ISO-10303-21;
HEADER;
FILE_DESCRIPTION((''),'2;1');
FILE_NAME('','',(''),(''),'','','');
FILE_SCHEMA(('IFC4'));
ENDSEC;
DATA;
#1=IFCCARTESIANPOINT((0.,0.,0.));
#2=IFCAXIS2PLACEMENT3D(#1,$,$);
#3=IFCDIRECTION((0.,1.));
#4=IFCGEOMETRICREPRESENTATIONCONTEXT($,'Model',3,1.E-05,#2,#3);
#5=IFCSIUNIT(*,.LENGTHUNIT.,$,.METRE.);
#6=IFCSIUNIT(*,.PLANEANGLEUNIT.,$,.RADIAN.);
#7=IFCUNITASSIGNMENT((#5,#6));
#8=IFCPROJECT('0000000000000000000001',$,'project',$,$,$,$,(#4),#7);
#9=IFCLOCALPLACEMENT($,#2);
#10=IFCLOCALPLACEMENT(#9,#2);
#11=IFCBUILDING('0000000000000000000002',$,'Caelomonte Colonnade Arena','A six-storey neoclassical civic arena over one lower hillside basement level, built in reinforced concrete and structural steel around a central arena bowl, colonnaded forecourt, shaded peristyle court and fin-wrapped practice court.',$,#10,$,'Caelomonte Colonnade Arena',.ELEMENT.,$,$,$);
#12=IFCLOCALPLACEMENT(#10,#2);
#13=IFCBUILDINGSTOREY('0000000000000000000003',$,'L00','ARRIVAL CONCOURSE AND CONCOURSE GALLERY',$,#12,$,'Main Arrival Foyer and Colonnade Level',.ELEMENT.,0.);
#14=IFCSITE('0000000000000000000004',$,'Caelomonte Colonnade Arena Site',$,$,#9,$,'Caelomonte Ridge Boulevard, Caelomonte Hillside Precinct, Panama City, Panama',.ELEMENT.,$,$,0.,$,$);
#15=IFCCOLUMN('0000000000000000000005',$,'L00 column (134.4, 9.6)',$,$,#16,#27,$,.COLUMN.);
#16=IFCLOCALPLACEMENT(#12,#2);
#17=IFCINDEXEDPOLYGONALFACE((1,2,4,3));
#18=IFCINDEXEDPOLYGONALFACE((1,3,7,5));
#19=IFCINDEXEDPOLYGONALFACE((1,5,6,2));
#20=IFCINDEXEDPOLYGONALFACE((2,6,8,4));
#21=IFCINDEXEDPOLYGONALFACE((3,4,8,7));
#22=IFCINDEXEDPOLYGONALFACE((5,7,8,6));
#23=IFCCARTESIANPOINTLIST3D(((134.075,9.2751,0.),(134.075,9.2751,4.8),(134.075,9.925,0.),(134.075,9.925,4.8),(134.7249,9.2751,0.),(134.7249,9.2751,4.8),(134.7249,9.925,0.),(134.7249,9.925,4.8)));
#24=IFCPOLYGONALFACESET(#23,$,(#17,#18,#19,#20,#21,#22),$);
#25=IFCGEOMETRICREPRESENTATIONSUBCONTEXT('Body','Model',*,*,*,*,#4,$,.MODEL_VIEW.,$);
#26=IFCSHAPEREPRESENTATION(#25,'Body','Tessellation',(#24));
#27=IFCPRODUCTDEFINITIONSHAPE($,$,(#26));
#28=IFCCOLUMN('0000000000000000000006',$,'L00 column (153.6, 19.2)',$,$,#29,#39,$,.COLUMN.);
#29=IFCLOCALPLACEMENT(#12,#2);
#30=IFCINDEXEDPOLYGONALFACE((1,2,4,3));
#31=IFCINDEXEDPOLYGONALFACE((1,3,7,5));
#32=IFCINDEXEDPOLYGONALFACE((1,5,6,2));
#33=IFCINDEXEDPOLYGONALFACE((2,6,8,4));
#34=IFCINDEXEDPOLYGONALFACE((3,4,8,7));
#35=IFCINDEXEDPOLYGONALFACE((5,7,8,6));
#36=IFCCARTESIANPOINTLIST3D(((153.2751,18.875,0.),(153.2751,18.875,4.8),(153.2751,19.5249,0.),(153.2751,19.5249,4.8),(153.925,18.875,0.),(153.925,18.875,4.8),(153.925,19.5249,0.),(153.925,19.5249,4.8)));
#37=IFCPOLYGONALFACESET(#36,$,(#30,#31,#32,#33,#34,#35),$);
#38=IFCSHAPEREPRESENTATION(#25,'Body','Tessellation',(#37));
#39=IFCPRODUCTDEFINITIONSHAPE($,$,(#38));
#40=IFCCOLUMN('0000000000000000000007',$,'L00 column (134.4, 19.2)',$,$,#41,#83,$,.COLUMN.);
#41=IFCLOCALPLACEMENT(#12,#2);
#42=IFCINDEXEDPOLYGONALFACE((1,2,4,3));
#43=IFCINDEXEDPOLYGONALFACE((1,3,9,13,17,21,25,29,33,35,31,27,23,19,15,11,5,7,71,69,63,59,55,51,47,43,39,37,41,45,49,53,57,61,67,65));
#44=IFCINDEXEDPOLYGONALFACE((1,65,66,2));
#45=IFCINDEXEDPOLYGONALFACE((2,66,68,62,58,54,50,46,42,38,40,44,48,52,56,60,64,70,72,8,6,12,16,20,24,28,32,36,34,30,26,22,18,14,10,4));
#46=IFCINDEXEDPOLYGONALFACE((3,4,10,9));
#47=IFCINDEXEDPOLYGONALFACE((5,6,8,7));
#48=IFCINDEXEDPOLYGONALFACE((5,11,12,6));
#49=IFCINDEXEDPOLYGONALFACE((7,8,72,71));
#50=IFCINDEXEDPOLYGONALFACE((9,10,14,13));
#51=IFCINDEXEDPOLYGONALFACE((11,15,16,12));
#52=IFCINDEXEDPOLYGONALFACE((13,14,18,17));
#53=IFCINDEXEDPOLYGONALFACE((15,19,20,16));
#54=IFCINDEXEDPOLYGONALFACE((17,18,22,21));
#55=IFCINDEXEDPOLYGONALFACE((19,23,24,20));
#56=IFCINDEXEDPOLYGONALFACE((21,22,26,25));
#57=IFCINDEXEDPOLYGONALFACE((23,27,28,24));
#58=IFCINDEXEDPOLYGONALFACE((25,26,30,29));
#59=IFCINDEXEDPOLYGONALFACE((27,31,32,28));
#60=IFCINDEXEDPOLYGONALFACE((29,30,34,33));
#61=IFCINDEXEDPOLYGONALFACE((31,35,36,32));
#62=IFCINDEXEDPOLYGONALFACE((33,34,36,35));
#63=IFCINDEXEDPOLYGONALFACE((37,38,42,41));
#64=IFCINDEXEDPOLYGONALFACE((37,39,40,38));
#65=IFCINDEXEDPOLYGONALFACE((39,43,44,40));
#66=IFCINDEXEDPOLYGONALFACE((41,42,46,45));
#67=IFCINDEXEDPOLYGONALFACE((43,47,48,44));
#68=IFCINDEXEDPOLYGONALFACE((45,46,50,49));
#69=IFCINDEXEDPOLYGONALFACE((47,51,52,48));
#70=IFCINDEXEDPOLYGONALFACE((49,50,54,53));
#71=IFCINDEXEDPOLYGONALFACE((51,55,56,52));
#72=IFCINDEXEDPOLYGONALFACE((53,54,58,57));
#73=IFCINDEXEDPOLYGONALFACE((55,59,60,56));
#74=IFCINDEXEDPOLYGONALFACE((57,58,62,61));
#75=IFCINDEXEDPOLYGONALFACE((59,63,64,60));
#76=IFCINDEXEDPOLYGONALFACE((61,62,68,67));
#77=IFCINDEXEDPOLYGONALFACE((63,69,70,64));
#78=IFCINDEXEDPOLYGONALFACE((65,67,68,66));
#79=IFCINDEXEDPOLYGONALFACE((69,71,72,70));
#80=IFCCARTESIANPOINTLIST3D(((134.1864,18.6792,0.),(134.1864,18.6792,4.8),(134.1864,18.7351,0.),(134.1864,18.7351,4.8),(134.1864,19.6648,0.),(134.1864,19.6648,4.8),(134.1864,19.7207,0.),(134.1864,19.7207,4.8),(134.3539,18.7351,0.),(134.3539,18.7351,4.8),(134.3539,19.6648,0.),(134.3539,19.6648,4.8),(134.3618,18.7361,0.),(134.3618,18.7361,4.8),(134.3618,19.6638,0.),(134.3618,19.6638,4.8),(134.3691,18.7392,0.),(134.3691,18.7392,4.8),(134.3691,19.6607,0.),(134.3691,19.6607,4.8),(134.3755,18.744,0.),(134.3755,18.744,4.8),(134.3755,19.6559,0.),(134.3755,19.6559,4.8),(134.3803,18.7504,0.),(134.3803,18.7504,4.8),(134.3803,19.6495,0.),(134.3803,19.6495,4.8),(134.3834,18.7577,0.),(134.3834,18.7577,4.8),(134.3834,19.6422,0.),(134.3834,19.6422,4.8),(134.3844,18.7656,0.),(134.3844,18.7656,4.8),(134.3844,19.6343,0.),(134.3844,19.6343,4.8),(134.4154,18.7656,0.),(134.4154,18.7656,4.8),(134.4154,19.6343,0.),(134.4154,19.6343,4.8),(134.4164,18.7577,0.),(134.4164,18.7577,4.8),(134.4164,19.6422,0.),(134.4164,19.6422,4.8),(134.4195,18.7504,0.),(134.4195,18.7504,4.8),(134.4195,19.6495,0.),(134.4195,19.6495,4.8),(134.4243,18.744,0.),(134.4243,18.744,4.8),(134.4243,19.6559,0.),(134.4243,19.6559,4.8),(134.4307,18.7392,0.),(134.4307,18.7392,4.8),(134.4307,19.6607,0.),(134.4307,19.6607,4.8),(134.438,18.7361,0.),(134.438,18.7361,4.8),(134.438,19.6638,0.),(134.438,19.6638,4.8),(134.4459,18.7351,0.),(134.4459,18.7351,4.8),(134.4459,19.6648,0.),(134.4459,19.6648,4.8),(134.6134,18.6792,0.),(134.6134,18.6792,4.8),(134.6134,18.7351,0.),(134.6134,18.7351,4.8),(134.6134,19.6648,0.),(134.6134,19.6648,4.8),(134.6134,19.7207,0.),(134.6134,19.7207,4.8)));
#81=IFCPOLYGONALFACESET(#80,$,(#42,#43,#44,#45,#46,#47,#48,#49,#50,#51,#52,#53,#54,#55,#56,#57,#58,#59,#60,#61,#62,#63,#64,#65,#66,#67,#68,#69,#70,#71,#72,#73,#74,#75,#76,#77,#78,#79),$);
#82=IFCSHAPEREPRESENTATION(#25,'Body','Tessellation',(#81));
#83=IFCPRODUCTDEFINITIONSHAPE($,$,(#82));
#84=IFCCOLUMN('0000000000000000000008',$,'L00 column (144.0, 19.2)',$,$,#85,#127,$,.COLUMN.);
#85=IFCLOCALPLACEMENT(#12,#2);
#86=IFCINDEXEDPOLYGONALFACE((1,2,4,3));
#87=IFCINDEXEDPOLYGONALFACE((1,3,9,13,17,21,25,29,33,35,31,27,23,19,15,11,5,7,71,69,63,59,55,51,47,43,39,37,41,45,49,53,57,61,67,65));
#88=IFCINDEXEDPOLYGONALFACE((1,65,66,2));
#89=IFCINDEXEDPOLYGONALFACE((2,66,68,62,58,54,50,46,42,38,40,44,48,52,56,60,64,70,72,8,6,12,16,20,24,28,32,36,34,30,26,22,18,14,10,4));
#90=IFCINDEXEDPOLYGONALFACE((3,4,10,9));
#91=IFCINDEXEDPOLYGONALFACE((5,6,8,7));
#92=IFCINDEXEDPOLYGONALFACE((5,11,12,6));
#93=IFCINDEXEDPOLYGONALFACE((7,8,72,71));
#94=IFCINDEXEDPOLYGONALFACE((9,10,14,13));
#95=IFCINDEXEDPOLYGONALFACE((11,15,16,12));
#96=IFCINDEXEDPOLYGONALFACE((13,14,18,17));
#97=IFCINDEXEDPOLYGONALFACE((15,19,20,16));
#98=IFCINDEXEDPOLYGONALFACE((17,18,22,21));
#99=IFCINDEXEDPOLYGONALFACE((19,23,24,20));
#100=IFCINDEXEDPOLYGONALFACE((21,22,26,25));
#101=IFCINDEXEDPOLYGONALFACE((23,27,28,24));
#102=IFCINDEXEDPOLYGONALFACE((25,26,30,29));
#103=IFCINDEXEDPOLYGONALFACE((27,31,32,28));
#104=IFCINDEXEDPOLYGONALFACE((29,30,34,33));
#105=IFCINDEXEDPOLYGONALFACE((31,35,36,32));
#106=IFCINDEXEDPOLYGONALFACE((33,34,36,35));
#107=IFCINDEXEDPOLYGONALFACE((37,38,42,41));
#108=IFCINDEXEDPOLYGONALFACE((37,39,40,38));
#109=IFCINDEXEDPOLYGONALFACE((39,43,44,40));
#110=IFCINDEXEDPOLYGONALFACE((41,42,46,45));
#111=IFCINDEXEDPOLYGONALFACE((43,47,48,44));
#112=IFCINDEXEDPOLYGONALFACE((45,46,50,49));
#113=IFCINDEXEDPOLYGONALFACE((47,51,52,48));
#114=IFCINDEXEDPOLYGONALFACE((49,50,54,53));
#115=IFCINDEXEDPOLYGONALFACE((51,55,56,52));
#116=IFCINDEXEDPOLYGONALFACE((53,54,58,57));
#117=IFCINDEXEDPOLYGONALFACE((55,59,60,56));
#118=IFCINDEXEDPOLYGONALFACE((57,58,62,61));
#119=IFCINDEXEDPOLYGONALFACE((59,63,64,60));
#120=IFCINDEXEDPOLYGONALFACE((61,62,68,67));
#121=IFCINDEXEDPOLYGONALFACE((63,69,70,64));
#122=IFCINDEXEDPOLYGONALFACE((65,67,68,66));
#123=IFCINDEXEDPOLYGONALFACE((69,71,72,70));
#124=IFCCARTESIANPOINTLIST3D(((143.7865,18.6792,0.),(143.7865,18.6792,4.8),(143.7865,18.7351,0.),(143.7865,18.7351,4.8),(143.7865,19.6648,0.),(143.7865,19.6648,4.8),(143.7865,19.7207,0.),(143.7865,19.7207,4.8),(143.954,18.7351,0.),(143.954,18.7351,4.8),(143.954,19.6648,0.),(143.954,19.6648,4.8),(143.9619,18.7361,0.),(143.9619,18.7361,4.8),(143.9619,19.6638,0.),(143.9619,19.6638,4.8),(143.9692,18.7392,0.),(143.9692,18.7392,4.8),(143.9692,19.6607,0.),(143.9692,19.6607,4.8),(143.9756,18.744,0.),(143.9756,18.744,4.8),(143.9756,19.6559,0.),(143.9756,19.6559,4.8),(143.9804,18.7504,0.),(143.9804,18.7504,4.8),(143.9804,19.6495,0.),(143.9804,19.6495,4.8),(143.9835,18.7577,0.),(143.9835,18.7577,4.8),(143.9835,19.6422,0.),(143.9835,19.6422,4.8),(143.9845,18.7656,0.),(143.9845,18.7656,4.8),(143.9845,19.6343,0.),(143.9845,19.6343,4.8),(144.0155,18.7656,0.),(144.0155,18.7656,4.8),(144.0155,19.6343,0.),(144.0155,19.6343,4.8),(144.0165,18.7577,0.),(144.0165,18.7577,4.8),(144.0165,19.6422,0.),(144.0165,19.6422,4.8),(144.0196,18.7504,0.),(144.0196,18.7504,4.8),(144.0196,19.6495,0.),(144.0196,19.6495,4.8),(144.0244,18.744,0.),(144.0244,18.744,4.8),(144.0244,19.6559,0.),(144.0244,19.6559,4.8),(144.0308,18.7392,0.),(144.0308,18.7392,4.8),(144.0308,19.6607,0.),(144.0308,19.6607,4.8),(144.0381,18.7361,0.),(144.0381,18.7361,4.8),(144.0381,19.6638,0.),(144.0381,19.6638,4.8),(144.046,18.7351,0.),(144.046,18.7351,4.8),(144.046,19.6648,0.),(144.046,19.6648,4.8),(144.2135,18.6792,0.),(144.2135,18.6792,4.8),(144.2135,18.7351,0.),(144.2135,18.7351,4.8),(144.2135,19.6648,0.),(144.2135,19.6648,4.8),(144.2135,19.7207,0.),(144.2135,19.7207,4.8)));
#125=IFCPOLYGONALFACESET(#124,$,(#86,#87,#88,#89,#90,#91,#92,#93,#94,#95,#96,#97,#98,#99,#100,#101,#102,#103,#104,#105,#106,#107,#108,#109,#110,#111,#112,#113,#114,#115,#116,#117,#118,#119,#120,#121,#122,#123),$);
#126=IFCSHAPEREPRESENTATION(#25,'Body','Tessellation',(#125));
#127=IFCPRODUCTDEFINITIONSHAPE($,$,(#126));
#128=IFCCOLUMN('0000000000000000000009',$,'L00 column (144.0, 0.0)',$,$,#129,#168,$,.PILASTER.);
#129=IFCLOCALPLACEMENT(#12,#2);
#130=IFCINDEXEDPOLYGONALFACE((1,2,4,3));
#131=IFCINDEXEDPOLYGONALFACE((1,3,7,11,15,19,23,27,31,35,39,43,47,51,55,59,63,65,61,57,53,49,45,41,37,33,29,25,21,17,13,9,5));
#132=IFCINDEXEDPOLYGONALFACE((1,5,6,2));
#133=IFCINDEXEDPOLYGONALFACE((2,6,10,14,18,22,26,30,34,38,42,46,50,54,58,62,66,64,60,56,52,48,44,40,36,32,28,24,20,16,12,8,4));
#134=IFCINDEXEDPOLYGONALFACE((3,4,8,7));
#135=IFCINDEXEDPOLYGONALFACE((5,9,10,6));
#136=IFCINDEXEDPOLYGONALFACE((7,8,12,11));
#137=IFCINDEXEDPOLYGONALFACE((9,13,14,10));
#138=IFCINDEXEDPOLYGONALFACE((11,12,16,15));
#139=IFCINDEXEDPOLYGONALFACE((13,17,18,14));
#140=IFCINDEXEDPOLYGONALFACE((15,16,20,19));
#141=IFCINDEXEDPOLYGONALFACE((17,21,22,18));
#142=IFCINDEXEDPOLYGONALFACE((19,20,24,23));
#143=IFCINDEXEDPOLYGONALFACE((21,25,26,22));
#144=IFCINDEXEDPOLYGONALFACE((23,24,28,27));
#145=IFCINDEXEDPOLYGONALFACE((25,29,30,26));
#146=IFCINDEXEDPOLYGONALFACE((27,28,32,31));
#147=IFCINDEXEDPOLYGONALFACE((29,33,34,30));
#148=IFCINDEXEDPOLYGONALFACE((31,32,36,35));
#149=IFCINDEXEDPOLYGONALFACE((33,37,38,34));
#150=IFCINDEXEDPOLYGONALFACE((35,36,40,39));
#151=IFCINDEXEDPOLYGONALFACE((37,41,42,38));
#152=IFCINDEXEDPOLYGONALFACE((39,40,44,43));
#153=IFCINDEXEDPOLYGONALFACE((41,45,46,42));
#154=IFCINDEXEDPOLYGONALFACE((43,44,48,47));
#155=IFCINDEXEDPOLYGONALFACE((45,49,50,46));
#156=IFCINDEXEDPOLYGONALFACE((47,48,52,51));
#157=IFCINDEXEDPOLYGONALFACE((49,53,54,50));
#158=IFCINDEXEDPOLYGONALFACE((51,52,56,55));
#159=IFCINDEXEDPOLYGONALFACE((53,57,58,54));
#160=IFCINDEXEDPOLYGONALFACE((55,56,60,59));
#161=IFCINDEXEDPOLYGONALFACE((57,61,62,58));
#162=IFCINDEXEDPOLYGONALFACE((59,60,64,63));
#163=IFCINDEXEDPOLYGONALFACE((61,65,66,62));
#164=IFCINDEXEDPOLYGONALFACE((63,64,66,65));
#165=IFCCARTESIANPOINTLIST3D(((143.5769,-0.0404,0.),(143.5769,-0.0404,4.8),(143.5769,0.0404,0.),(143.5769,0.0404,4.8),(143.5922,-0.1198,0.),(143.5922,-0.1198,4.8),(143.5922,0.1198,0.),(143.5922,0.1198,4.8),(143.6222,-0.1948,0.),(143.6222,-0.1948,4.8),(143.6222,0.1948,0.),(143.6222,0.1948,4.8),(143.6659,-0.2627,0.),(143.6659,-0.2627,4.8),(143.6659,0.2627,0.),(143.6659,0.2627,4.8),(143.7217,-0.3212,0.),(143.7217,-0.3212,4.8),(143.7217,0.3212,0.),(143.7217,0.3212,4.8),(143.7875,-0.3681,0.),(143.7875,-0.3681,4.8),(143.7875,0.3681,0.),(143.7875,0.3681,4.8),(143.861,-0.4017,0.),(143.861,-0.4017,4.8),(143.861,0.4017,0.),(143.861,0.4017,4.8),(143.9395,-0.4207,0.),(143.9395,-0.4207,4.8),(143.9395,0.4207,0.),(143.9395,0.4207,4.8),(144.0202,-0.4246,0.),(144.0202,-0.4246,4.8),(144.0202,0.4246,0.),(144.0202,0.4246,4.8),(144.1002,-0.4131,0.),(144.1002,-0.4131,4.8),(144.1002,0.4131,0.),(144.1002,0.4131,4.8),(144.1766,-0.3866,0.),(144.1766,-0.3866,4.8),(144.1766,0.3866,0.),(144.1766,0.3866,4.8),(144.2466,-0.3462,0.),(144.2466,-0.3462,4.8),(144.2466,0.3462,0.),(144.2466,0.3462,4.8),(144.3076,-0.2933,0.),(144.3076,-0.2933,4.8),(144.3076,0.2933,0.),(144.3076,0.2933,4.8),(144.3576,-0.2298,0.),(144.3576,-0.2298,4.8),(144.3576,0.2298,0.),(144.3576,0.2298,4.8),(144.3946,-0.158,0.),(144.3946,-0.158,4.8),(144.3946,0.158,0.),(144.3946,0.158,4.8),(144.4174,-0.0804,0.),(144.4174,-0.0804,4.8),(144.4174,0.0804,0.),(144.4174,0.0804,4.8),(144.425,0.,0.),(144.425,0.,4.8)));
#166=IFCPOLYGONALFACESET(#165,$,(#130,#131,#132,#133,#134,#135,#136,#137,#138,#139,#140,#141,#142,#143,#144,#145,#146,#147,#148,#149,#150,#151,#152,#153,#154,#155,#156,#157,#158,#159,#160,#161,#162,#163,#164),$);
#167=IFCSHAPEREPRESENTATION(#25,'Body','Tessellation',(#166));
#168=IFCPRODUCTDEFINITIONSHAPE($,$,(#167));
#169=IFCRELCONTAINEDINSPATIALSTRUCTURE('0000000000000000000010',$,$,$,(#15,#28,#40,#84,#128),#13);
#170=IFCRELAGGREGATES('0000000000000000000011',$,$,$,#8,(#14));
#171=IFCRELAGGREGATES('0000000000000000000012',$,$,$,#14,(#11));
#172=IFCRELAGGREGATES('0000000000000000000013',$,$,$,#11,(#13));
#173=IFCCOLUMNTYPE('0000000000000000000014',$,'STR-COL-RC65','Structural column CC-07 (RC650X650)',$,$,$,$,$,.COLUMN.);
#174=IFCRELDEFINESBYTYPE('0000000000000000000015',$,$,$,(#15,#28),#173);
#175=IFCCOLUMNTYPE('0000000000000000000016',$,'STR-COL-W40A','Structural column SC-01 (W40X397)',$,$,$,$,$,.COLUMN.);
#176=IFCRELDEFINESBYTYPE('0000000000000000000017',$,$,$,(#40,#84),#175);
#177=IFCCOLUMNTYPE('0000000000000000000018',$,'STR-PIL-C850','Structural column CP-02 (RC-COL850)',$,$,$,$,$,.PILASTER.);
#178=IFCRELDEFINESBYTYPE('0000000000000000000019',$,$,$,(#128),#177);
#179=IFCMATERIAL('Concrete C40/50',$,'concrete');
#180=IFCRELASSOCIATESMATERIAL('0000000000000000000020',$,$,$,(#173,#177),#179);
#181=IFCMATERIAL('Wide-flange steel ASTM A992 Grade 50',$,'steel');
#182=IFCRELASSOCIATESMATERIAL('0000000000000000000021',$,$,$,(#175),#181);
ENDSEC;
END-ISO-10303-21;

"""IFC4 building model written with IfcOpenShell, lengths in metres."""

from ifc_helpers import new_model, si_unit, direction, frame, origin, origin_2d, place, context, subcontext, project, spatial, rectangle, circle, i_section, extrude, material, material_profile, profile_set, type_object, element, save


model = new_model("IFC4")

# Units and contexts
model_context = context("Model", 3, precision=1e-05, world=origin(), true_north=direction((0.0, 1.0)))
body_context = subcontext(model_context, "Body", "Model", "MODEL_VIEW")
ifc_project = project(units=[si_unit("LENGTHUNIT", "METRE"), si_unit("PLANEANGLEUNIT", "RADIAN")], contexts=[model_context])

# Site, building, storey
site_placement = place(None, origin())
site = spatial("IfcSite", under=ifc_project, at=site_placement, Name="Caelomonte Colonnade Arena Site", LongName="Caelomonte Ridge Boulevard, Caelomonte Hillside Precinct, Panama City, Panama", CompositionType="ELEMENT", RefElevation=0.0)
building_placement = place(site_placement, origin())
building = spatial("IfcBuilding", under=site, at=building_placement, Name="Caelomonte Colonnade Arena", Description="A six-storey neoclassical civic arena over one lower hillside basement level, built in reinforced concrete and structural steel around a central arena bowl, colonnaded forecourt, shaded peristyle court and fin-wrapped practice court.", LongName="Caelomonte Colonnade Arena", CompositionType="ELEMENT")
storey_placement = place(building_placement, origin())
storey = spatial("IfcBuildingStorey", under=building, at=storey_placement, Name="L00", Description="ARRIVAL CONCOURSE AND CONCOURSE GALLERY", LongName="Main Arrival Foyer and Colonnade Level", CompositionType="ELEMENT", Elevation=0.0)

# Columns
ifc_material_1 = material(Name="Concrete C40/50", Category="concrete")
ifc_material_profile_1 = material_profile(ifc_material_1, rectangle(XDim=0.6499, YDim=0.6499, at=origin_2d()), Name="RC650X650")
ifc_profile_set_1 = profile_set([ifc_material_profile_1], Name="Concrete C40/50")
column_type_1 = type_object("IfcColumnType", Name="STR-COL-RC65", Description="Structural column CC-07 (RC650X650)", PredefinedType="COLUMN", material=ifc_profile_set_1)
for number, where, z_axis, x_axis, name in (
    (1, (134.3999, 9.6001, 0.0), (0.0, 0.0, 1.0), (1.0, 0.0, 0.0), "L00 column (134.4, 9.6)"),
    (2, (153.6001, 19.2, 0.0), (0.0, 0.0, 1.0), (1.0, 0.0, 0.0), "L00 column (153.6, 19.2)"),
):
    element("IfcColumn", number, at=place(storey_placement, frame(where, z_axis=z_axis, x_axis=x_axis)), inside=storey, type_object=column_type_1, Name=name, PredefinedType="COLUMN", context=body_context, shape_type="SweptSolid", body=[
        extrude(rectangle(XDim=0.6499, YDim=0.6499, at=origin_2d()), origin(), (0.0, 0.0, 1.0), 4.8),
    ])
ifc_material_2 = material(Name="Wide-flange steel ASTM A992 Grade 50", Category="steel")
ifc_material_profile_2 = material_profile(ifc_material_2, i_section(OverallWidth=0.427, OverallDepth=1.0415, WebThickness=0.031, FlangeThickness=0.0559, FilletRadius=0.0305, at=origin_2d()), Name="W40X397")
ifc_profile_set_2 = profile_set([ifc_material_profile_2], Name="Wide-flange steel ASTM A992 Grade 50")
column_type_2 = type_object("IfcColumnType", Name="STR-COL-W40A", Description="Structural column SC-01 (W40X397)", PredefinedType="COLUMN", material=ifc_profile_set_2)
for number, where, z_axis, x_axis, name in (
    (3, (134.3999, 19.2, 0.0), (0.0, 0.0, 1.0), (1.0, 0.0, 0.0), "L00 column (134.4, 19.2)"),
    (4, (144.0, 19.2, 0.0), (0.0, 0.0, 1.0), (1.0, 0.0, 0.0), "L00 column (144.0, 19.2)"),
):
    element("IfcColumn", number, at=place(storey_placement, frame(where, z_axis=z_axis, x_axis=x_axis)), inside=storey, type_object=column_type_2, Name=name, PredefinedType="COLUMN", context=body_context, shape_type="SweptSolid", body=[
        extrude(i_section(OverallWidth=0.427, OverallDepth=1.0415, WebThickness=0.031, FlangeThickness=0.0559, FilletRadius=0.0305, at=origin_2d()), origin(), (0.0, 0.0, 1.0), 4.8),
    ])
ifc_material_profile_3 = material_profile(ifc_material_1, circle(Radius=0.425, at=origin_2d()), Name="RC-COL850")
ifc_profile_set_3 = profile_set([ifc_material_profile_3], Name="Concrete C40/50")
column_type_3 = type_object("IfcColumnType", Name="STR-PIL-C850", Description="Structural column CP-02 (RC-COL850)", PredefinedType="PILASTER", material=ifc_profile_set_3)
for number, where, z_axis, x_axis, name in (
    (5, (144.0, 0.0, 0.0), (0.0, 0.0, 1.0), (1.0, 0.0, 0.0), "L00 column (144.0, 0.0)"),
):
    element("IfcColumn", number, at=place(storey_placement, frame(where, z_axis=z_axis, x_axis=x_axis)), inside=storey, type_object=column_type_3, Name=name, PredefinedType="PILASTER", context=body_context, shape_type="SweptSolid", body=[
        extrude(circle(Radius=0.425, at=origin_2d()), origin(), (0.0, 0.0, 1.0), 4.8),
    ])

save(model, "model.ifc")
